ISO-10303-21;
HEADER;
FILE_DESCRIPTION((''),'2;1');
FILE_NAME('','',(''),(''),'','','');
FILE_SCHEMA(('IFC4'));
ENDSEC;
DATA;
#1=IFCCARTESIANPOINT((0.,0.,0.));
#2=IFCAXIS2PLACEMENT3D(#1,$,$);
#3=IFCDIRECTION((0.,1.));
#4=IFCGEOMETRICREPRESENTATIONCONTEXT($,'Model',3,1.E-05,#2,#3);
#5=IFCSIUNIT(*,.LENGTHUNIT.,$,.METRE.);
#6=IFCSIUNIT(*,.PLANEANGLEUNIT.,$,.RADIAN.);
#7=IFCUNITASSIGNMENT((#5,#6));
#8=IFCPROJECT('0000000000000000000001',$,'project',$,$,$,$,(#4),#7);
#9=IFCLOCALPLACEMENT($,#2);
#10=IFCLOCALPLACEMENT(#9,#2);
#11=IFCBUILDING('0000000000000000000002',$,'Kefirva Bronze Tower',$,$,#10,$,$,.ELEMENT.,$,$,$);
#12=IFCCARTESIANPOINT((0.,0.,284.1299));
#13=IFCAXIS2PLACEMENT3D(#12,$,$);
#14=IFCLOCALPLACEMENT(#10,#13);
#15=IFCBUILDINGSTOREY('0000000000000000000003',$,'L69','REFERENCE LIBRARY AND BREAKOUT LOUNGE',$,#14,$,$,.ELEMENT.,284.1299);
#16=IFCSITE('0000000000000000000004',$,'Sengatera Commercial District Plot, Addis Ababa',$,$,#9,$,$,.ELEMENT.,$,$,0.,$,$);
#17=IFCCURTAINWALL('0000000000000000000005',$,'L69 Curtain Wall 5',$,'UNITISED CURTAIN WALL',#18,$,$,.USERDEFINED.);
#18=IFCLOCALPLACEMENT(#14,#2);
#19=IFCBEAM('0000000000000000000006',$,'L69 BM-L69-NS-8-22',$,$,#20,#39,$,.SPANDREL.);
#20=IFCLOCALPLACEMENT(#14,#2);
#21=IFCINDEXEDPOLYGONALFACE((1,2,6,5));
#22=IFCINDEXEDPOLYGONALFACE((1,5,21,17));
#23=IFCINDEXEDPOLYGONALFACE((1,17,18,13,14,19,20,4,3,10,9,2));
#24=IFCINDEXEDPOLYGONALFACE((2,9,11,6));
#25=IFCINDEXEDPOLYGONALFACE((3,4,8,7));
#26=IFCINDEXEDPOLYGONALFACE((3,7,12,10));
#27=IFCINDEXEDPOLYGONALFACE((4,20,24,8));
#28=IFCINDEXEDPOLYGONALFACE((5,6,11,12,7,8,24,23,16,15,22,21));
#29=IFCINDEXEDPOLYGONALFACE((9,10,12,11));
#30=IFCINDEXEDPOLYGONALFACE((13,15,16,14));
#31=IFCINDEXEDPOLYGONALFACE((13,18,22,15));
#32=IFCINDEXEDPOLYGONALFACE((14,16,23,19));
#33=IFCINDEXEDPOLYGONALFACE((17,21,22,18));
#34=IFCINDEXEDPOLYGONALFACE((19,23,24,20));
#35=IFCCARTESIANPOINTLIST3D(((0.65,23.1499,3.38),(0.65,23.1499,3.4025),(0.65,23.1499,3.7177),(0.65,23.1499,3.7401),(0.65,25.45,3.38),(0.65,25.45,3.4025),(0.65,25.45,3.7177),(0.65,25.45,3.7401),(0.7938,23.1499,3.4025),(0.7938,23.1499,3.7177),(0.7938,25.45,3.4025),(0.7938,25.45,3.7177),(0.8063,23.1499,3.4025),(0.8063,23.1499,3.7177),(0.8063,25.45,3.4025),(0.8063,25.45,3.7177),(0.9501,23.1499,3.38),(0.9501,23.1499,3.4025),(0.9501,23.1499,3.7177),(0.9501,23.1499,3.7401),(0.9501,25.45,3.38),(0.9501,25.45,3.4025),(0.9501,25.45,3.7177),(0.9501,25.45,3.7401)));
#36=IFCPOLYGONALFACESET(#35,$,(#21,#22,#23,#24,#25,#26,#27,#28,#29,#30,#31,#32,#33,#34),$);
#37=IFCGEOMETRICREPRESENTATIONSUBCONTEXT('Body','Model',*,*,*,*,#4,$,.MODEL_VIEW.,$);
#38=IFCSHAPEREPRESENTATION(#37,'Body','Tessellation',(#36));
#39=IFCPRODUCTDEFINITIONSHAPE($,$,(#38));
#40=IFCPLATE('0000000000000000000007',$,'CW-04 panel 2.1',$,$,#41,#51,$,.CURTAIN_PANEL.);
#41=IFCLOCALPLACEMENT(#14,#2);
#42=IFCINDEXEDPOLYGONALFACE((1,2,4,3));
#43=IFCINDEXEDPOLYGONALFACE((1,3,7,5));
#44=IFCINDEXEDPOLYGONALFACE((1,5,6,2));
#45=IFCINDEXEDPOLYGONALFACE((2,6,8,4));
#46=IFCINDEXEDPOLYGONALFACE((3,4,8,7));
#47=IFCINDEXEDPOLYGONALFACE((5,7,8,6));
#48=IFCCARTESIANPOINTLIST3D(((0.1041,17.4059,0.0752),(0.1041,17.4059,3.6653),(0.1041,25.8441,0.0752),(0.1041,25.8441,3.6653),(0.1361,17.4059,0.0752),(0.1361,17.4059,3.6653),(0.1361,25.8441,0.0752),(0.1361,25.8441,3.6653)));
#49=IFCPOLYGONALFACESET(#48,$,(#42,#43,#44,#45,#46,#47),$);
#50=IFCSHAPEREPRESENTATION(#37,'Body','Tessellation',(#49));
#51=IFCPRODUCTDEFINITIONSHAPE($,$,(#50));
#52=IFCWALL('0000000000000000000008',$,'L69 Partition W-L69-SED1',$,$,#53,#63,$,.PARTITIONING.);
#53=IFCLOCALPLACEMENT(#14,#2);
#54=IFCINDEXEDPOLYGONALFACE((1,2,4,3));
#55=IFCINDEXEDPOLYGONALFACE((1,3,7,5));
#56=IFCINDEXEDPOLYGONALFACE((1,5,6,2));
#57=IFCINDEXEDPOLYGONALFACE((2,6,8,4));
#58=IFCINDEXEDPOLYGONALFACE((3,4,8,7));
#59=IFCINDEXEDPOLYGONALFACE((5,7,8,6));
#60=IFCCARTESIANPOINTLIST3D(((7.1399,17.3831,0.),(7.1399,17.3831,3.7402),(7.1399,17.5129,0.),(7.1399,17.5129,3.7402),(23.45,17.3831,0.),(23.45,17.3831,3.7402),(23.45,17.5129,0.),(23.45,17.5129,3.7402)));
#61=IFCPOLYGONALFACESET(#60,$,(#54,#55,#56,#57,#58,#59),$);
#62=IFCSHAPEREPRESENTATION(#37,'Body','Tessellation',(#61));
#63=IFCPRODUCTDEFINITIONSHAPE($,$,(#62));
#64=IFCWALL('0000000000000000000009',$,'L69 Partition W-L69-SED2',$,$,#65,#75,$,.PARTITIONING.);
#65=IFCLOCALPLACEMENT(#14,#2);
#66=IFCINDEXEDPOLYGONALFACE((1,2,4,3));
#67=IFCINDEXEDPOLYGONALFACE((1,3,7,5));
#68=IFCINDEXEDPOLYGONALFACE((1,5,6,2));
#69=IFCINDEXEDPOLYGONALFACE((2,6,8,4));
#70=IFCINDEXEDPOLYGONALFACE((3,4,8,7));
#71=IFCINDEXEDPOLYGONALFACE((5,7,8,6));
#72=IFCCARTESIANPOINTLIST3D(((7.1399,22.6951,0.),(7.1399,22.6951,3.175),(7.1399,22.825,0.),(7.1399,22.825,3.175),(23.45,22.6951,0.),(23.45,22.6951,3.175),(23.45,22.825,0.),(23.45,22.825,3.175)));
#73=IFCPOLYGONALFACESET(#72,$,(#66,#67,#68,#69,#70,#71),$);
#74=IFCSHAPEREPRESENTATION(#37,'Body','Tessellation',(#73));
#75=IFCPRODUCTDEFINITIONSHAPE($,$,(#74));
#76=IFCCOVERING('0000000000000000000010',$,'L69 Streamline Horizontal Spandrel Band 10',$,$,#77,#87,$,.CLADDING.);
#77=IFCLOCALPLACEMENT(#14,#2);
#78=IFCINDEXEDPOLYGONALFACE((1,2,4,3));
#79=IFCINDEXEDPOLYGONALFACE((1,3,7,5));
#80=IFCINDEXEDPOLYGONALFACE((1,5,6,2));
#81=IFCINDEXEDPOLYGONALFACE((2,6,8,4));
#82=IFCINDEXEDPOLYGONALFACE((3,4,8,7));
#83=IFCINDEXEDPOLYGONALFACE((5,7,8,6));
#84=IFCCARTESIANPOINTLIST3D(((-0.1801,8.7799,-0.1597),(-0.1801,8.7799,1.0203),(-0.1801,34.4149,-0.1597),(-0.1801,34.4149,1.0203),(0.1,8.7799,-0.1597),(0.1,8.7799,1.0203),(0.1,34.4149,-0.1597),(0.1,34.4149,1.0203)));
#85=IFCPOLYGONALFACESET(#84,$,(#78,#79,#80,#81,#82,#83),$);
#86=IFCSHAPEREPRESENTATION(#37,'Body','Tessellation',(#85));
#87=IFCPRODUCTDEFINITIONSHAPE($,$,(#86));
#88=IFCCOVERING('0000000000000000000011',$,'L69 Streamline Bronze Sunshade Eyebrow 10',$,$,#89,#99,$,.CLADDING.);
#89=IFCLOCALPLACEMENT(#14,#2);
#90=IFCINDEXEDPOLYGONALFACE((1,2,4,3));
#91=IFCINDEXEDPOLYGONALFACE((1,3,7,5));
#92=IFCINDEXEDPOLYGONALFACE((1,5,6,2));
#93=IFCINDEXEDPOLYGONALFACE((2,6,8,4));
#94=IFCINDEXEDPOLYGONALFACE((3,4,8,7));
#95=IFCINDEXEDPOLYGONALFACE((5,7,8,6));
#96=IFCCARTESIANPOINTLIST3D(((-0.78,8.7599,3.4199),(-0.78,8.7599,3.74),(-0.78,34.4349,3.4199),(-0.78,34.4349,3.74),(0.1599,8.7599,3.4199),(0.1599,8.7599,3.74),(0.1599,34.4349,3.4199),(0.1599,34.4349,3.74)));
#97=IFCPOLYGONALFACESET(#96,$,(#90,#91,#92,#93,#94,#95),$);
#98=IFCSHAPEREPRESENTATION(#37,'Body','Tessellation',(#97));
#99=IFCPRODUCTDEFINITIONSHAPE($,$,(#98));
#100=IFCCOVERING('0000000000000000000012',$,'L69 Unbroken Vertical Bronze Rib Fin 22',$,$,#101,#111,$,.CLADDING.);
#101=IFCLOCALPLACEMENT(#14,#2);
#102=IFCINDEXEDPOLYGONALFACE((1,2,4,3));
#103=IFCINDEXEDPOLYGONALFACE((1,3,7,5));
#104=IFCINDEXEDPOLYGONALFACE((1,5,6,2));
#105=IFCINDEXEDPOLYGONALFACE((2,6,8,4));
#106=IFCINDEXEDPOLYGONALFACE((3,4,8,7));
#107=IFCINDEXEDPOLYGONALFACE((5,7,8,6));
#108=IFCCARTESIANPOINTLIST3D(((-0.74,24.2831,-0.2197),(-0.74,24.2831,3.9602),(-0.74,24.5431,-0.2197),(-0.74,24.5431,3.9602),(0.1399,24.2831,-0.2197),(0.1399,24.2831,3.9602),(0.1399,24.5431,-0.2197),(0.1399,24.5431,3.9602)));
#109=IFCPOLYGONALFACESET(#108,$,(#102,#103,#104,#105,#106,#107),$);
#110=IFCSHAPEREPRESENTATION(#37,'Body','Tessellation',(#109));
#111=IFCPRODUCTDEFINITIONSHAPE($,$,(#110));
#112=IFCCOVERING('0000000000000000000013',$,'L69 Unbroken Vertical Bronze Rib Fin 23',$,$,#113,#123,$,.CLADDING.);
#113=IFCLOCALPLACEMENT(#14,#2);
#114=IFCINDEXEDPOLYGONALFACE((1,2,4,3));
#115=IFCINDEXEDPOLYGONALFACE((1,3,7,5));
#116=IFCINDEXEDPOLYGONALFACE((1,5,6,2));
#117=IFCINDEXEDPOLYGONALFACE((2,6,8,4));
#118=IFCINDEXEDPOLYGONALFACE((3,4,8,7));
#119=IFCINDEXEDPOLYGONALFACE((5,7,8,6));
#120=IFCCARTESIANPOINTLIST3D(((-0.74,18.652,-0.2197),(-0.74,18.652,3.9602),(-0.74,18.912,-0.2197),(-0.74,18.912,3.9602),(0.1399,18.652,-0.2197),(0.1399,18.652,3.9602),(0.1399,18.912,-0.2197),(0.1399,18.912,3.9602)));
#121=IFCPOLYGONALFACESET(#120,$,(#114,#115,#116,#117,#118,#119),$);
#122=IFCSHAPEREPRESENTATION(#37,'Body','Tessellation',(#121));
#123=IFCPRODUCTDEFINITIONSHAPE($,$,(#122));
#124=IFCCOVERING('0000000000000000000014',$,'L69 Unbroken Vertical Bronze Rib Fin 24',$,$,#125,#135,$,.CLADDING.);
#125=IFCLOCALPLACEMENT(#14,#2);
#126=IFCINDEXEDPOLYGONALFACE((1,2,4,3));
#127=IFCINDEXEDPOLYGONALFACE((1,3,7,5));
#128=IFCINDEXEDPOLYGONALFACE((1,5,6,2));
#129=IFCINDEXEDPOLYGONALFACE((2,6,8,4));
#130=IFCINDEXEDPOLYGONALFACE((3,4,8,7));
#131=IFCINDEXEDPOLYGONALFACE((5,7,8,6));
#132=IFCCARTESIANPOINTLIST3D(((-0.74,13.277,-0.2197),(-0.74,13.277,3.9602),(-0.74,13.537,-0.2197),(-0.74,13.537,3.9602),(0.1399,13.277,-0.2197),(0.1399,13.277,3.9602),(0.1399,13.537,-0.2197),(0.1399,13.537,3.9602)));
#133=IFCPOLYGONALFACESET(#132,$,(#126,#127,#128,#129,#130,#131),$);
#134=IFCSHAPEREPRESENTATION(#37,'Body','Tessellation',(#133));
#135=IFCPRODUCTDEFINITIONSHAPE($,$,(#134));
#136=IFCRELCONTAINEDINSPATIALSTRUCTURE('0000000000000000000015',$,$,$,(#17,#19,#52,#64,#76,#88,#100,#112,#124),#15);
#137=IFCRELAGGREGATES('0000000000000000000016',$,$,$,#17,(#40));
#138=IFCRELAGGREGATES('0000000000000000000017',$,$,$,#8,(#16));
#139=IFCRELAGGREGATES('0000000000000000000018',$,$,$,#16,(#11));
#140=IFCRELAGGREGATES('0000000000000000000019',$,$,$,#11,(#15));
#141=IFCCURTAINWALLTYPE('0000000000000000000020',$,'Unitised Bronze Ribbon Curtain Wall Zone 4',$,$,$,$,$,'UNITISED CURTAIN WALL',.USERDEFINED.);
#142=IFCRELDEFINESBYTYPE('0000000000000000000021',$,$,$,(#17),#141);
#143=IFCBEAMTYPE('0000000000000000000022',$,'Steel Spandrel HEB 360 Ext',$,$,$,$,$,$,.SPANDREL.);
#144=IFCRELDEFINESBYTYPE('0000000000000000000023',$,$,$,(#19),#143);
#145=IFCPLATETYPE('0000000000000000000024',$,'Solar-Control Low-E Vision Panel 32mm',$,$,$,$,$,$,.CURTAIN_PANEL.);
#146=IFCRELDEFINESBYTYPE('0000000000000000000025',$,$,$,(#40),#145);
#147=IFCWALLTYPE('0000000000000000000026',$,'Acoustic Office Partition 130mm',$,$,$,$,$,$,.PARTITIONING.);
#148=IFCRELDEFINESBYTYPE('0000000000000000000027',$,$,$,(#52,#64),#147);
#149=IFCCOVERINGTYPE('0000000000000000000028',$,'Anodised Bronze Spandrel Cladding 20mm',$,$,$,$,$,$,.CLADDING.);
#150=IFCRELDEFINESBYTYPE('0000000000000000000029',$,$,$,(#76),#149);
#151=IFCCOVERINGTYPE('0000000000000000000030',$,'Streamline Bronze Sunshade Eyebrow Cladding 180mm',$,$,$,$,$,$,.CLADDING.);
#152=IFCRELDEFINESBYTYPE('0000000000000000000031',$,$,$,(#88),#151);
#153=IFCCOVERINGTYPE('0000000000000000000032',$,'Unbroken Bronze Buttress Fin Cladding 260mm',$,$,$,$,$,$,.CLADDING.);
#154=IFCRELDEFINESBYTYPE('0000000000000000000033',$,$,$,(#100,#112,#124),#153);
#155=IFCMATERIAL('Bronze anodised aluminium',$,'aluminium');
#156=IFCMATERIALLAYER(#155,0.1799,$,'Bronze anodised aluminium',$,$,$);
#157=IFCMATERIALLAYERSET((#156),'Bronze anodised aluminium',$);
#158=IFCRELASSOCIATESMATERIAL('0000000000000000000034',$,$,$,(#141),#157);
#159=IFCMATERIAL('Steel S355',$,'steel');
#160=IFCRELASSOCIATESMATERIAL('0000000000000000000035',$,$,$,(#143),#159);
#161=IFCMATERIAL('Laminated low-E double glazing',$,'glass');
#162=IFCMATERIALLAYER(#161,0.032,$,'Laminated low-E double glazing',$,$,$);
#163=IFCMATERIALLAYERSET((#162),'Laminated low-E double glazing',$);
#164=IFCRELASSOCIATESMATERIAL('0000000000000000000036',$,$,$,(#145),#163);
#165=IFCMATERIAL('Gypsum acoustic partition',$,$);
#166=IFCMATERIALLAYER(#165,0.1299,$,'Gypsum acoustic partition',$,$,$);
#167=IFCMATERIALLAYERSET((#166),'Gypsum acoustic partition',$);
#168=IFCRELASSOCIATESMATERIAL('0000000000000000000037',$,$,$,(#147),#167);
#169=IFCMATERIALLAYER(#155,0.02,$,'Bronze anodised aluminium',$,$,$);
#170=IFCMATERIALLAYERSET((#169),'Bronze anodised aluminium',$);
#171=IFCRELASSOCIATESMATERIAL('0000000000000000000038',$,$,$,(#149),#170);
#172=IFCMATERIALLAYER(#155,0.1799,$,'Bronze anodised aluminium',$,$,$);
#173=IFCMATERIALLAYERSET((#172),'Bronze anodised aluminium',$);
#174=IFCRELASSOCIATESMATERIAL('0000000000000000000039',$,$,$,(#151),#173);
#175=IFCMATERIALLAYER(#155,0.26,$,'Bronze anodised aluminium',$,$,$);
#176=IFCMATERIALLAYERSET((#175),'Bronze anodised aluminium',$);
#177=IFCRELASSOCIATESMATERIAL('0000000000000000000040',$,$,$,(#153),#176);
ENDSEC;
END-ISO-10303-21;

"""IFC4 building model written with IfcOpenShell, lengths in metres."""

from ifc_helpers import new_model, si_unit, direction, frame, frame_2d, origin, origin_2d, place, context, subcontext, project, spatial, rectangle, i_section, extrude, material, layer, layer_set, material_profile, profile_set, type_object, element, aggregate, save


model = new_model("IFC4")

# Units and contexts
model_context = context("Model", 3, precision=1e-05, world=origin(), true_north=direction((0.0, 1.0)))
body_context = subcontext(model_context, "Body", "Model", "MODEL_VIEW")
ifc_project = project(units=[si_unit("LENGTHUNIT", "METRE"), si_unit("PLANEANGLEUNIT", "RADIAN")], contexts=[model_context])

# Site, building, storey
site_placement = place(None, origin())
site = spatial("IfcSite", under=ifc_project, at=site_placement, Name="Sengatera Commercial District Plot, Addis Ababa", CompositionType="ELEMENT", RefElevation=0.0)
building_placement = place(site_placement, origin())
building = spatial("IfcBuilding", under=site, at=building_placement, Name="Kefirva Bronze Tower", CompositionType="ELEMENT")
storey_placement = place(building_placement, frame((0.0, 0.0, 284.1299)))
storey = spatial("IfcBuildingStorey", under=building, at=storey_placement, Name="L69", Description="REFERENCE LIBRARY AND BREAKOUT LOUNGE", CompositionType="ELEMENT", Elevation=284.1299)

# Curtain wall
ifc_material_1 = material(Name="Bronze anodised aluminium", Category="aluminium")
ifc_layer_1 = layer(ifc_material_1, 0.1799, Name="Bronze anodised aluminium")
ifc_layer_set_1 = layer_set([ifc_layer_1], Name="Bronze anodised aluminium")
curtain_wall_type = type_object("IfcCurtainWallType", Name="Unitised Bronze Ribbon Curtain Wall Zone 4", ElementType="UNITISED CURTAIN WALL", PredefinedType="USERDEFINED", material=ifc_layer_set_1)
curtain_wall_placement = place(storey_placement, origin())
curtain_wall = element("IfcCurtainWall", 1, at=curtain_wall_placement, inside=storey, type_object=curtain_wall_type, Name="L69 Curtain Wall 5", ObjectType="UNITISED CURTAIN WALL", PredefinedType="USERDEFINED")

# Beam
ifc_material_2 = material(Name="Steel S355", Category="steel")
ifc_material_profile_1 = material_profile(ifc_material_2, i_section(OverallWidth=0.3, OverallDepth=0.3601, WebThickness=0.0125, FlangeThickness=0.0225, at=origin_2d()), Name="HEB 360")
ifc_profile_set_1 = profile_set([ifc_material_profile_1], Name="Steel S355")
beam_type_1 = type_object("IfcBeamType", Name="Steel Spandrel HEB 360 Ext", PredefinedType="SPANDREL", material=ifc_profile_set_1)
beam_1_placement = place(storey_placement, frame((0.8, 23.1499, 3.5601), z_axis=(0.0, 1.0, 0.0), x_axis=(-1.0, 0.0, 0.0)))
element("IfcBeam", 2, at=beam_1_placement, inside=storey, type_object=beam_type_1, Name="L69 BM-L69-NS-8-22", PredefinedType="SPANDREL", context=body_context, shape_type="SweptSolid", body=[
    extrude(i_section(OverallWidth=0.3, OverallDepth=0.3601, WebThickness=0.0125, FlangeThickness=0.0225, at=origin_2d()), origin(), (0.0, 0.0, 1.0), 2.3),
])

# Plate
ifc_material_3 = material(Name="Laminated low-E double glazing", Category="glass")
ifc_layer_2 = layer(ifc_material_3, 0.032, Name="Laminated low-E double glazing")
ifc_layer_set_2 = layer_set([ifc_layer_2], Name="Laminated low-E double glazing")
plate_type = type_object("IfcPlateType", Name="Solar-Control Low-E Vision Panel 32mm", PredefinedType="CURTAIN_PANEL", material=ifc_layer_set_2)
plate_placement = place(storey_placement, frame((0.1201, 21.625, 0.0752), z_axis=(0.0, 0.0, 1.0), x_axis=(0.0, -1.0, 0.0)))
plate = element("IfcPlate", 3, at=plate_placement, type_object=plate_type, Name="CW-04 panel 2.1", PredefinedType="CURTAIN_PANEL", context=body_context, shape_type="SweptSolid", body=[
    extrude(rectangle(XDim=8.4382, YDim=0.032, at=origin_2d()), origin(), (0.0, 0.0, 1.0), 3.5901),
])
aggregate(curtain_wall, [plate])

# Walls
ifc_material_4 = material(Name="Gypsum acoustic partition")
ifc_layer_3 = layer(ifc_material_4, 0.1299, Name="Gypsum acoustic partition")
ifc_layer_set_3 = layer_set([ifc_layer_3], Name="Gypsum acoustic partition")
wall_type = type_object("IfcWallType", Name="Acoustic Office Partition 130mm", PredefinedType="PARTITIONING", material=ifc_layer_set_3)
wall_1_placement = place(storey_placement, frame((7.1399, 17.448, 0.0), z_axis=(0.0, 0.0, 1.0), x_axis=(1.0, 0.0, 0.0)))
element("IfcWall", 4, at=wall_1_placement, inside=storey, type_object=wall_type, Name="L69 Partition W-L69-SED1", PredefinedType="PARTITIONING", context=body_context, shape_type="SweptSolid", body=[
    extrude(rectangle(XDim=16.3101, YDim=0.1299, at=frame_2d((8.155, 0.0))), origin(), (0.0, 0.0, 1.0), 3.7402),
])
wall_2_placement = place(storey_placement, frame((7.1399, 22.76, 0.0), z_axis=(0.0, 0.0, 1.0), x_axis=(1.0, 0.0, 0.0)))
element("IfcWall", 5, at=wall_2_placement, inside=storey, type_object=wall_type, Name="L69 Partition W-L69-SED2", PredefinedType="PARTITIONING", context=body_context, shape_type="SweptSolid", body=[
    extrude(rectangle(XDim=16.3101, YDim=0.1299, at=frame_2d((8.155, 0.0))), origin(), (0.0, 0.0, 1.0), 3.175),
])

# Coverings
ifc_layer_4 = layer(ifc_material_1, 0.02, Name="Bronze anodised aluminium")
ifc_layer_set_4 = layer_set([ifc_layer_4], Name="Bronze anodised aluminium")
covering_type_1 = type_object("IfcCoveringType", Name="Anodised Bronze Spandrel Cladding 20mm", PredefinedType="CLADDING", material=ifc_layer_set_4)
covering_1_placement = place(storey_placement, frame((-0.04, 21.5974, -0.1597), z_axis=(0.0, 0.0, 1.0), x_axis=(0.0, -1.0, 0.0)))
element("IfcCovering", 6, at=covering_1_placement, inside=storey, type_object=covering_type_1, Name="L69 Streamline Horizontal Spandrel Band 10", PredefinedType="CLADDING", context=body_context, shape_type="SweptSolid", body=[
    extrude(rectangle(XDim=25.635, YDim=0.28, at=origin_2d()), origin(), (0.0, 0.0, 1.0), 1.1799),
])
ifc_layer_5 = layer(ifc_material_1, 0.1799, Name="Bronze anodised aluminium")
ifc_layer_set_5 = layer_set([ifc_layer_5], Name="Bronze anodised aluminium")
covering_type_2 = type_object("IfcCoveringType", Name="Streamline Bronze Sunshade Eyebrow Cladding 180mm", PredefinedType="CLADDING", material=ifc_layer_set_5)
covering_2_placement = place(storey_placement, frame((-0.3101, 21.5974, 3.4199), z_axis=(0.0, 0.0, 1.0), x_axis=(0.0, -1.0, 0.0)))
element("IfcCovering", 7, at=covering_2_placement, inside=storey, type_object=covering_type_2, Name="L69 Streamline Bronze Sunshade Eyebrow 10", PredefinedType="CLADDING", context=body_context, shape_type="SweptSolid", body=[
    extrude(rectangle(XDim=25.675, YDim=0.9399, at=origin_2d()), origin(), (0.0, 0.0, 1.0), 0.3201),
])
ifc_layer_6 = layer(ifc_material_1, 0.26, Name="Bronze anodised aluminium")
ifc_layer_set_6 = layer_set([ifc_layer_6], Name="Bronze anodised aluminium")
covering_type_3 = type_object("IfcCoveringType", Name="Unbroken Bronze Buttress Fin Cladding 260mm", PredefinedType="CLADDING", material=ifc_layer_set_6)
for number, where, z_axis, x_axis, name in (
    (8, (-0.3, 24.4131, -0.2197), (0.0, 0.0, 1.0), (0.0, -1.0, 0.0), "L69 Unbroken Vertical Bronze Rib Fin 22"),
    (9, (-0.3, 18.782, -0.2197), (0.0, 0.0, 1.0), (0.0, -1.0, 0.0), "L69 Unbroken Vertical Bronze Rib Fin 23"),
    (10, (-0.3, 13.407, -0.2197), (0.0, 0.0, 1.0), (0.0, -1.0, 0.0), "L69 Unbroken Vertical Bronze Rib Fin 24"),
):
    element("IfcCovering", number, at=place(storey_placement, frame(where, z_axis=z_axis, x_axis=x_axis)), inside=storey, type_object=covering_type_3, Name=name, PredefinedType="CLADDING", context=body_context, shape_type="SweptSolid", body=[
        extrude(rectangle(XDim=0.26, YDim=0.8799, at=origin_2d()), origin(), (0.0, 0.0, 1.0), 4.1799),
    ])

save(model, "model.ifc")
